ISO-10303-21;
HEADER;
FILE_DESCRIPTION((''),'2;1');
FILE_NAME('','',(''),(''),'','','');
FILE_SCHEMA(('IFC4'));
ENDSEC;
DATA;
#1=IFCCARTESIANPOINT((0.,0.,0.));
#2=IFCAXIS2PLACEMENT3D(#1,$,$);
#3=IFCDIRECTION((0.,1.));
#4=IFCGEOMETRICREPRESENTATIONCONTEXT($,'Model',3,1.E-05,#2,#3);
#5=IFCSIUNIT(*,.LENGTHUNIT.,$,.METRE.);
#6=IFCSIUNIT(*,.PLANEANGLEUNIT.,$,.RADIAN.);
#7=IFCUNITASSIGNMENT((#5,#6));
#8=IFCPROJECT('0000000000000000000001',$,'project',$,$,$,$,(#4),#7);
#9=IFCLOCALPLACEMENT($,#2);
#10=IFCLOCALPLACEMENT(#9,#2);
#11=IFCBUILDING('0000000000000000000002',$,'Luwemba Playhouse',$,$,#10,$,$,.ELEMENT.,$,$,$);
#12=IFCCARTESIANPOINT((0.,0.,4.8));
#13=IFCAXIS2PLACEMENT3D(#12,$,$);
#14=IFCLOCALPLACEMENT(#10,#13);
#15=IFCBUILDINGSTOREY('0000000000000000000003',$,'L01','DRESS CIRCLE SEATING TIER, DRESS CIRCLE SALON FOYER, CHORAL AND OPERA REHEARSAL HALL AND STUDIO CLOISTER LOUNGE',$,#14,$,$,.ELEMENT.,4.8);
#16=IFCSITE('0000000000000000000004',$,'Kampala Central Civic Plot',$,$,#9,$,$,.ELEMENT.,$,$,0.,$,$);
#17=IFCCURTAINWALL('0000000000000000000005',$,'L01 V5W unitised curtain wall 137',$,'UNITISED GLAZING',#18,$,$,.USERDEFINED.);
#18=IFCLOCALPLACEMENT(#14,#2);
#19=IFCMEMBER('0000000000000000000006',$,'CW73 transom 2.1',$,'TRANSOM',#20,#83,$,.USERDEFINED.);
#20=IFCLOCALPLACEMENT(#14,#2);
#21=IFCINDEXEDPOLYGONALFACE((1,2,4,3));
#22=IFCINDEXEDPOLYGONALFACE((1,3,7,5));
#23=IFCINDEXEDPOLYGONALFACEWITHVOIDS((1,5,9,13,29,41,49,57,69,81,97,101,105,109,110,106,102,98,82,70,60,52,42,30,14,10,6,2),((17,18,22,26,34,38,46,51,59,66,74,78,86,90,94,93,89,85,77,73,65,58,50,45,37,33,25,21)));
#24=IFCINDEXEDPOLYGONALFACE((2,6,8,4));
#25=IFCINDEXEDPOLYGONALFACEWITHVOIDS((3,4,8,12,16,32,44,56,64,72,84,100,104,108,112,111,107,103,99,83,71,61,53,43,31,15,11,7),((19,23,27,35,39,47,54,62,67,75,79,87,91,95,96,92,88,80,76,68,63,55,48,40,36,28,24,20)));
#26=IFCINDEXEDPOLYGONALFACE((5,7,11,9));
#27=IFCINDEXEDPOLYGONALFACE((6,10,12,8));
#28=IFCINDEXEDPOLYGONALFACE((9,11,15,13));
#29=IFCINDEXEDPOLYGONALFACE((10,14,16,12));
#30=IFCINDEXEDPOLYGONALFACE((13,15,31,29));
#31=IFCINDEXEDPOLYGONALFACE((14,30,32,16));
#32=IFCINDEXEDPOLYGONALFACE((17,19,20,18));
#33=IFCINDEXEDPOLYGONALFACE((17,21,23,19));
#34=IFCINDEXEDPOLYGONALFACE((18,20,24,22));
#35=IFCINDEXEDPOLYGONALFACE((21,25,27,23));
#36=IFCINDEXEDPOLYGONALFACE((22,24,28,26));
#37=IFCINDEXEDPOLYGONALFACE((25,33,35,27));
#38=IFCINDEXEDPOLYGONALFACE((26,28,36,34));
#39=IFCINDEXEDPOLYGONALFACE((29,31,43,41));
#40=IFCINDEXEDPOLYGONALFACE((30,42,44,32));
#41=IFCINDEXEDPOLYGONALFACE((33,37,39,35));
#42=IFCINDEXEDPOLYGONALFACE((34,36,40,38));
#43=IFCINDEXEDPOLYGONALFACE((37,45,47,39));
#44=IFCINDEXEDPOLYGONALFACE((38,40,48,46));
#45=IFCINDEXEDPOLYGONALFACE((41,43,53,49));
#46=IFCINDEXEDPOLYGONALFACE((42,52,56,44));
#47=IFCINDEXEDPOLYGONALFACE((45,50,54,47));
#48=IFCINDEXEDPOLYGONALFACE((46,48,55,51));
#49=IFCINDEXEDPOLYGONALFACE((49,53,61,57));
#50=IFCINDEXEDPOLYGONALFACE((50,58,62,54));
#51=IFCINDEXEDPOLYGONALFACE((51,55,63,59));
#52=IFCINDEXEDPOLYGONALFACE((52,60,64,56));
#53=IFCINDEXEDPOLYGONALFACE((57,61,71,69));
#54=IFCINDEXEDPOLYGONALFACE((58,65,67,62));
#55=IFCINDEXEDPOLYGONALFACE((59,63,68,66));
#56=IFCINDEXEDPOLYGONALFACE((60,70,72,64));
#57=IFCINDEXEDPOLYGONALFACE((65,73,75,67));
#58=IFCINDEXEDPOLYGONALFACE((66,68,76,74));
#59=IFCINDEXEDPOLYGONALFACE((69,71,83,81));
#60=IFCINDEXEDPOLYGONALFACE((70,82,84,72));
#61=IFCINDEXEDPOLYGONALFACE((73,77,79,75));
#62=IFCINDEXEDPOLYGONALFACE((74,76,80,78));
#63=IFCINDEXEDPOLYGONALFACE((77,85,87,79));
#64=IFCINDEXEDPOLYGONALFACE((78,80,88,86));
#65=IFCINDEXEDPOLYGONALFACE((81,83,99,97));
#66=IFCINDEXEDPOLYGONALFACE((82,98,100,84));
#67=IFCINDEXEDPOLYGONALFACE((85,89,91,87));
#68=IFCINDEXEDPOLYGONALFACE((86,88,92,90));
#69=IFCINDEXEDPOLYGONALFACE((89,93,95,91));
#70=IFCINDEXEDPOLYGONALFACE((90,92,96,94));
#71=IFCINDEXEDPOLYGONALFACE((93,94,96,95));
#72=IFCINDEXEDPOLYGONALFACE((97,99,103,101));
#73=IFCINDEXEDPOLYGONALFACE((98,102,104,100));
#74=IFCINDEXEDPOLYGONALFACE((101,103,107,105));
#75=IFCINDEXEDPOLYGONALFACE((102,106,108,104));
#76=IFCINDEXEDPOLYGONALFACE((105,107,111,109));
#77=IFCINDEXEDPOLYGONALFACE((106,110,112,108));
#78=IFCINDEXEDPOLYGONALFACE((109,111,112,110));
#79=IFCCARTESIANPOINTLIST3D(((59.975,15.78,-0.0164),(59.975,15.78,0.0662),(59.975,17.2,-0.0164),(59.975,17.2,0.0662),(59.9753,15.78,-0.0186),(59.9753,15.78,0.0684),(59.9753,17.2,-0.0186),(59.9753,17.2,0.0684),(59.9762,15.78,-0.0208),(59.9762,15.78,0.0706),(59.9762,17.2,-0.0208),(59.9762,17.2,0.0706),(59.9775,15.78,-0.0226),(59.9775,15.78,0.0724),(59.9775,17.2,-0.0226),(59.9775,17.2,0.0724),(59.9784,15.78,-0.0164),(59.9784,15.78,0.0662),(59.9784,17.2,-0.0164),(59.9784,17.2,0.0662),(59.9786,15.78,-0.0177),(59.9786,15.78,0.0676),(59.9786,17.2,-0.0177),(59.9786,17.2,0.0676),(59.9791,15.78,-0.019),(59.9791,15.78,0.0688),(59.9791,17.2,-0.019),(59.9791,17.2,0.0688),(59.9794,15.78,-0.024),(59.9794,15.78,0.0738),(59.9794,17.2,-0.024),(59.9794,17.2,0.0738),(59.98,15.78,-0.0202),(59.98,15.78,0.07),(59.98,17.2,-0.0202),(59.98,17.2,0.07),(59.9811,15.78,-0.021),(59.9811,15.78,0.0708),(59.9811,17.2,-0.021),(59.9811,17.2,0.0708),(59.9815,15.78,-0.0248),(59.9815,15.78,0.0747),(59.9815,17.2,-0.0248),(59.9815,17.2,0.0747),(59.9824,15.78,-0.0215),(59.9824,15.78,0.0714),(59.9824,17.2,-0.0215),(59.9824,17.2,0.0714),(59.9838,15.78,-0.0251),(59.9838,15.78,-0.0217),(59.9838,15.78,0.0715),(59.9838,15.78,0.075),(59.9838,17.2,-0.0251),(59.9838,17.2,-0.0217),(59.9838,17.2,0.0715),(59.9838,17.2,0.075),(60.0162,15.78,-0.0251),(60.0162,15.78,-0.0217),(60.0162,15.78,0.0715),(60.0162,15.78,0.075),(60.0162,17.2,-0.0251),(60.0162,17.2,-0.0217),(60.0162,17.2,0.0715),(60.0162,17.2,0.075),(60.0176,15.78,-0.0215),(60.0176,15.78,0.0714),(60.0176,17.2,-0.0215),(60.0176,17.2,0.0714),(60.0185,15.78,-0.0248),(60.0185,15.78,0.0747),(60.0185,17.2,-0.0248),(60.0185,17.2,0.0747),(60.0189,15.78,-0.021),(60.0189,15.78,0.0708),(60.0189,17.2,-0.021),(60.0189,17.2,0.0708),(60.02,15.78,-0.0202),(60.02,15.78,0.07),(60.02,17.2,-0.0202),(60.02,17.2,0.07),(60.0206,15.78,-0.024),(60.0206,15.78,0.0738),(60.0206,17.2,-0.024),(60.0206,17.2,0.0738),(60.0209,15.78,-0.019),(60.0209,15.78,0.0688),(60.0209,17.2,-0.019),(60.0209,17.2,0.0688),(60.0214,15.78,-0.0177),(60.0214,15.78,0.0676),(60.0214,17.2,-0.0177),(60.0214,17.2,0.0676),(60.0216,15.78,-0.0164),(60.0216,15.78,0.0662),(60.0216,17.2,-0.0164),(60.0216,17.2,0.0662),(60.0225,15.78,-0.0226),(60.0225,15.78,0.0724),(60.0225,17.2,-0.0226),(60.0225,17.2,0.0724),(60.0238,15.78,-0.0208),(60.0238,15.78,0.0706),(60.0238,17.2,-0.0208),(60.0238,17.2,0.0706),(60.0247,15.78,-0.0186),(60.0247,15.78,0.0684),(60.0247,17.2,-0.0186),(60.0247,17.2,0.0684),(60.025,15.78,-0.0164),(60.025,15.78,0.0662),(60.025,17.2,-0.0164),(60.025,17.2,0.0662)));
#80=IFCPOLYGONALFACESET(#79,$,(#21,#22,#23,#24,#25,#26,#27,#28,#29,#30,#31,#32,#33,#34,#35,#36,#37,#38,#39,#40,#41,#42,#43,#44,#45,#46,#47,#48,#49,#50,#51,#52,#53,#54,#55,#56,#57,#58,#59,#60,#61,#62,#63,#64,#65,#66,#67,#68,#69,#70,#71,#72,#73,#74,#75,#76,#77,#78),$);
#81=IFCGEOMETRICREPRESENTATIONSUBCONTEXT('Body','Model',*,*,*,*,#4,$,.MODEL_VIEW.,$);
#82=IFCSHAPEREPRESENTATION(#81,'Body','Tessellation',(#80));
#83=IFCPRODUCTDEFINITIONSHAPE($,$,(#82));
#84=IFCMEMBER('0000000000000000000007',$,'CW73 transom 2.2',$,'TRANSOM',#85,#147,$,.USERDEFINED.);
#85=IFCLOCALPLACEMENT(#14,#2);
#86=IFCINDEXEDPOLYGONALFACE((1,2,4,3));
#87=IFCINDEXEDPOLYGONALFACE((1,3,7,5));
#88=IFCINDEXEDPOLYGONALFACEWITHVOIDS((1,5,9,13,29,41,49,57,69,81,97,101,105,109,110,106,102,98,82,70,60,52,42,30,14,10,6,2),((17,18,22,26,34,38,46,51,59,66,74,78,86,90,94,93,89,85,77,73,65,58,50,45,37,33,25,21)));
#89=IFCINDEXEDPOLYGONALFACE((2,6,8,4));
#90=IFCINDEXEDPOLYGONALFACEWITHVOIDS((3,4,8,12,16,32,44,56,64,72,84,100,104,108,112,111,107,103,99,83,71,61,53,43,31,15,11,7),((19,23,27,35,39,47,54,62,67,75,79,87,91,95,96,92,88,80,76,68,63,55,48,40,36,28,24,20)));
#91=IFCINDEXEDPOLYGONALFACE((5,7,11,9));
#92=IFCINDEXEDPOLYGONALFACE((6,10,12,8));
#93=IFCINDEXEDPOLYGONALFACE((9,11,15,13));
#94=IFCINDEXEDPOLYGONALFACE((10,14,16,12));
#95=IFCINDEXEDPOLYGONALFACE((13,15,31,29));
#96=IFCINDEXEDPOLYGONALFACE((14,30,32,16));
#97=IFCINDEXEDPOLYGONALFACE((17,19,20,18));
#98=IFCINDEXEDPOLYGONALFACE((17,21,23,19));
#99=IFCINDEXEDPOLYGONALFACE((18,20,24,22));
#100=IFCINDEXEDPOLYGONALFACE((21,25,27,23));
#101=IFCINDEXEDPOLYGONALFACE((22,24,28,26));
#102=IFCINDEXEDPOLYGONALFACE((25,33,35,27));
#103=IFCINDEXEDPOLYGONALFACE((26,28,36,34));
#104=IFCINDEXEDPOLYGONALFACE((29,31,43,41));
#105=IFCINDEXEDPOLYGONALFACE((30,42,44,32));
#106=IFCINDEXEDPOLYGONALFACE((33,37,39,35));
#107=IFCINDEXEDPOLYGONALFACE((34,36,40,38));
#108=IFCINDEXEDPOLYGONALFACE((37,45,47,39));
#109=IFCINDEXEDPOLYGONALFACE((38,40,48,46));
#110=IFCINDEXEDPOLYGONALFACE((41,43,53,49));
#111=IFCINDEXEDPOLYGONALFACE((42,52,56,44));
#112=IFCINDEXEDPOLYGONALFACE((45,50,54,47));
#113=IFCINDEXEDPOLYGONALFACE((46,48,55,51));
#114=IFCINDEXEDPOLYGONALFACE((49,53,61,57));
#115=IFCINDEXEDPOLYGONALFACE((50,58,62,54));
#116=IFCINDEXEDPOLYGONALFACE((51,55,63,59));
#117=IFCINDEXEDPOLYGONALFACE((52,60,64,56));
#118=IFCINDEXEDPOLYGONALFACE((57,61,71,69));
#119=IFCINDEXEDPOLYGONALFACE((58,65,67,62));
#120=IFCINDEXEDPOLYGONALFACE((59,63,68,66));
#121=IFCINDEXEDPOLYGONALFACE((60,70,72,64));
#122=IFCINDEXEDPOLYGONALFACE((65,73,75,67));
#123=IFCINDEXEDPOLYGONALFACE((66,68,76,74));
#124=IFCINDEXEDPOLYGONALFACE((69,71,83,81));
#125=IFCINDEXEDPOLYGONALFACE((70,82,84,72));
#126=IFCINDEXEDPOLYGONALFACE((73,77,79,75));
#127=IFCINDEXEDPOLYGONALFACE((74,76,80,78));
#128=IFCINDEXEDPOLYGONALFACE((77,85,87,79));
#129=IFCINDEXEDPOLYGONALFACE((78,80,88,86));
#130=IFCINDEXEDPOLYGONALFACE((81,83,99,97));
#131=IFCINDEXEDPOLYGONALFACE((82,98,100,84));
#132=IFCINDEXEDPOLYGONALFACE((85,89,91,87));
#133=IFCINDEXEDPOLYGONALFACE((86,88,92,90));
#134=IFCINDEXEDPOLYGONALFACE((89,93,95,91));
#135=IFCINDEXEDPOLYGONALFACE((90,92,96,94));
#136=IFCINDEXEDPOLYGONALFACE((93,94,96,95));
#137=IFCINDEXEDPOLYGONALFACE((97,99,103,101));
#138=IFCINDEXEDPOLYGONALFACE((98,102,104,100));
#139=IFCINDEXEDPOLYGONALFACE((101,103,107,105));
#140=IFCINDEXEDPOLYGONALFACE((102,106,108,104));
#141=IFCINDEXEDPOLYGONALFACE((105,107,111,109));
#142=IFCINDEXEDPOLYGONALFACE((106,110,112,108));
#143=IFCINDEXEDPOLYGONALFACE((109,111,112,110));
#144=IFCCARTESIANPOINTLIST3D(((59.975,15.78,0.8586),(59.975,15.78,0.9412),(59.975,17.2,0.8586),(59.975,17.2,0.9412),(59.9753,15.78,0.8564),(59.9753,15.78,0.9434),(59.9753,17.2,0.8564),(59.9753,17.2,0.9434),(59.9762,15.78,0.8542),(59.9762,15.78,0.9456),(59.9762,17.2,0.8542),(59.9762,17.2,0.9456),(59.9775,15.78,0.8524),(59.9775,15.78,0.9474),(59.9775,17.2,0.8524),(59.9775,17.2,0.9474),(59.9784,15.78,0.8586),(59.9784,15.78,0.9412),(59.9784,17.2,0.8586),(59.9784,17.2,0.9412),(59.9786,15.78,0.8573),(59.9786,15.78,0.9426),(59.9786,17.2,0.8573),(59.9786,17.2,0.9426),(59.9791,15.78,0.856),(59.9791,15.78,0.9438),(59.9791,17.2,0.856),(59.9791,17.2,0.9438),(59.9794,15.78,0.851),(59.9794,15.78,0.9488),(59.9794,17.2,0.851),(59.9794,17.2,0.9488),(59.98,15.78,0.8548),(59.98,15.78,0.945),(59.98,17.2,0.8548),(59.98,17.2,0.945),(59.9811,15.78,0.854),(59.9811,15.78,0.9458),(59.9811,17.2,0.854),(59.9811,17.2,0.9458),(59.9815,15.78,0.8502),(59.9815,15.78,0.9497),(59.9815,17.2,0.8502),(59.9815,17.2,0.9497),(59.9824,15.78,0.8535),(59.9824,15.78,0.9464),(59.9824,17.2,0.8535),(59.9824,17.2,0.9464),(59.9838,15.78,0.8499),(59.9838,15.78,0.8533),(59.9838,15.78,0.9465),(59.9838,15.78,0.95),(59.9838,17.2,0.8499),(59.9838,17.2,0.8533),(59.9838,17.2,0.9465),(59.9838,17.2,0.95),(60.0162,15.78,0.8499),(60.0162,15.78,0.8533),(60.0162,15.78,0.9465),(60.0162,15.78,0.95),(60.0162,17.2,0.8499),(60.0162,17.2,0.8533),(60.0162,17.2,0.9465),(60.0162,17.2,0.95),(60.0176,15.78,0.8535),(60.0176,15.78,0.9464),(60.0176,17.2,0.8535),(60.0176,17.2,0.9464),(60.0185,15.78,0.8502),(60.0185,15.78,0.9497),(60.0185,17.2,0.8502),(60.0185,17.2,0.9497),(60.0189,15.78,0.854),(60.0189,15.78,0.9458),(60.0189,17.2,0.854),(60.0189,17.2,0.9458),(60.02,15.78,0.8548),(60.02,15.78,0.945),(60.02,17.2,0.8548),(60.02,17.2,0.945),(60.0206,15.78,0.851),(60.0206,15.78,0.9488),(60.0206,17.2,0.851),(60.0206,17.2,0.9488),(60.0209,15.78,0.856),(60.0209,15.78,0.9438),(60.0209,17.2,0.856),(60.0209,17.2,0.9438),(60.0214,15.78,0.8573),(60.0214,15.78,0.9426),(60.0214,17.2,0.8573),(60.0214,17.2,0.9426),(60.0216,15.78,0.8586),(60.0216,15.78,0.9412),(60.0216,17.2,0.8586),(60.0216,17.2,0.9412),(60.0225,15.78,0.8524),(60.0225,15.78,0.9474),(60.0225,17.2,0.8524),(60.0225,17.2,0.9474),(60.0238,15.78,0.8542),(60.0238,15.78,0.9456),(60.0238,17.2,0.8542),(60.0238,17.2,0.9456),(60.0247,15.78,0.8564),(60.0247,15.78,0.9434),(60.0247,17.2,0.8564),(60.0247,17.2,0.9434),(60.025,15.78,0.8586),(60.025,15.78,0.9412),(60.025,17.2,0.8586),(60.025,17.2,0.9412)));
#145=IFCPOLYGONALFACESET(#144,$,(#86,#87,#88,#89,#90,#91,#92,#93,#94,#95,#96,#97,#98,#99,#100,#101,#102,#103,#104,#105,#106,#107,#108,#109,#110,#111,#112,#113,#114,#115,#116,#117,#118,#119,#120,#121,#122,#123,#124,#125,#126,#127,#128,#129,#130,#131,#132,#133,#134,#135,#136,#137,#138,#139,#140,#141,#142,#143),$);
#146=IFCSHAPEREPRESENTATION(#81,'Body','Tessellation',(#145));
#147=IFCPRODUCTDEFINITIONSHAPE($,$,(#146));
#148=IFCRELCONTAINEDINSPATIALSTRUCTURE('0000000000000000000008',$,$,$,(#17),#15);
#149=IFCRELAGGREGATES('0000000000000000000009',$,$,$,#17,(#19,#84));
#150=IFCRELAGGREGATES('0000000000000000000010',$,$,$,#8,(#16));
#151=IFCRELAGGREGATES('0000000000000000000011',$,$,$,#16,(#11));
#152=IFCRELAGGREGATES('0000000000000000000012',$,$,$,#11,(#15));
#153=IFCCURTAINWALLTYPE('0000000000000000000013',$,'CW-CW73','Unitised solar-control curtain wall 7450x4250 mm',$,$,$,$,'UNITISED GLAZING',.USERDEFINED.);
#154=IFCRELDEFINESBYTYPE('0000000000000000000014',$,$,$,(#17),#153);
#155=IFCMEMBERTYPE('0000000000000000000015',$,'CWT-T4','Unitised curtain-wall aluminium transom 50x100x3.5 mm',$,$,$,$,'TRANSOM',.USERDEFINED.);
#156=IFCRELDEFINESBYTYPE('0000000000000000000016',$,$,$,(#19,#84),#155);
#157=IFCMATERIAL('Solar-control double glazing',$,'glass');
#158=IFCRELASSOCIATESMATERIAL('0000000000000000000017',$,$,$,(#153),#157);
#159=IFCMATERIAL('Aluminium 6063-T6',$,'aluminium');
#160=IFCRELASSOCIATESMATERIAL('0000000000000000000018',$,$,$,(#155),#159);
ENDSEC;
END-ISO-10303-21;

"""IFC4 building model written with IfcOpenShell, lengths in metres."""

from ifc_helpers import new_model, si_unit, direction, frame, origin, origin_2d, place, context, subcontext, project, spatial, hollow_rectangle, extrude, material, material_profile, profile_set, type_object, element, aggregate, save


model = new_model("IFC4")

# Units and contexts
model_context = context("Model", 3, precision=1e-05, world=origin(), true_north=direction((0.0, 1.0)))
body_context = subcontext(model_context, "Body", "Model", "MODEL_VIEW")
ifc_project = project(units=[si_unit("LENGTHUNIT", "METRE"), si_unit("PLANEANGLEUNIT", "RADIAN")], contexts=[model_context])

# Site, building, storey
site_placement = place(None, origin())
site = spatial("IfcSite", under=ifc_project, at=site_placement, Name="Kampala Central Civic Plot", CompositionType="ELEMENT", RefElevation=0.0)
building_placement = place(site_placement, origin())
building = spatial("IfcBuilding", under=site, at=building_placement, Name="Luwemba Playhouse", CompositionType="ELEMENT")
storey_placement = place(building_placement, frame((0.0, 0.0, 4.8)))
storey = spatial("IfcBuildingStorey", under=building, at=storey_placement, Name="L01", Description="DRESS CIRCLE SEATING TIER, DRESS CIRCLE SALON FOYER, CHORAL AND OPERA REHEARSAL HALL AND STUDIO CLOISTER LOUNGE", CompositionType="ELEMENT", Elevation=4.8)

# Curtain wall
ifc_material_1 = material(Name="Solar-control double glazing", Category="glass")
ifc_material_2 = material(Name="Aluminium 6063-T6", Category="aluminium")
curtain_wall_type_1 = type_object("IfcCurtainWallType", Name="CW-CW73", Description="Unitised solar-control curtain wall 7450x4250 mm", ElementType="UNITISED GLAZING", PredefinedType="USERDEFINED", material=ifc_material_1)
curtain_wall_1_placement = place(storey_placement, origin())
curtain_wall_1 = element("IfcCurtainWall", 1, at=curtain_wall_1_placement, inside=storey, type_object=curtain_wall_type_1, Name="L01 V5W unitised curtain wall 137", ObjectType="UNITISED GLAZING", PredefinedType="USERDEFINED")

# Members
ifc_material_profile_1 = material_profile(ifc_material_2, hollow_rectangle(XDim=0.05, YDim=0.1001, WallThickness=0.0034, InnerFilletRadius=0.0054, OuterFilletRadius=0.0088, at=origin_2d()))
ifc_profile_set_1 = profile_set([ifc_material_profile_1], Name="Aluminium 6063-T6")
member_type_1 = type_object("IfcMemberType", Name="CWT-T4", Description="Unitised curtain-wall aluminium transom 50x100x3.5 mm", ElementType="TRANSOM", PredefinedType="USERDEFINED", material=ifc_profile_set_1)
member_1_placement = place(storey_placement, frame((60.0, 17.2, 0.0249), z_axis=(0.0, -1.0, 0.0), x_axis=(1.0, 0.0, 0.0)))
member_1 = element("IfcMember", 2, at=member_1_placement, type_object=member_type_1, Name="CW73 transom 2.1", ObjectType="TRANSOM", PredefinedType="USERDEFINED", context=body_context, shape_type="SweptSolid", body=[
    extrude(hollow_rectangle(XDim=0.05, YDim=0.1001, WallThickness=0.0034, InnerFilletRadius=0.0054, OuterFilletRadius=0.0088, at=origin_2d()), origin(), (0.0, 0.0, 1.0), 1.4199),
])
member_2_placement = place(storey_placement, frame((60.0, 17.2, 0.8999), z_axis=(0.0, -1.0, 0.0), x_axis=(1.0, 0.0, 0.0)))
member_2 = element("IfcMember", 3, at=member_2_placement, type_object=member_type_1, Name="CW73 transom 2.2", ObjectType="TRANSOM", PredefinedType="USERDEFINED", context=body_context, shape_type="SweptSolid", body=[
    extrude(hollow_rectangle(XDim=0.05, YDim=0.1001, WallThickness=0.0034, InnerFilletRadius=0.0054, OuterFilletRadius=0.0088, at=origin_2d()), origin(), (0.0, 0.0, 1.0), 1.4199),
])

aggregate(curtain_wall_1, [member_1, member_2])

save(model, "model.ifc")
